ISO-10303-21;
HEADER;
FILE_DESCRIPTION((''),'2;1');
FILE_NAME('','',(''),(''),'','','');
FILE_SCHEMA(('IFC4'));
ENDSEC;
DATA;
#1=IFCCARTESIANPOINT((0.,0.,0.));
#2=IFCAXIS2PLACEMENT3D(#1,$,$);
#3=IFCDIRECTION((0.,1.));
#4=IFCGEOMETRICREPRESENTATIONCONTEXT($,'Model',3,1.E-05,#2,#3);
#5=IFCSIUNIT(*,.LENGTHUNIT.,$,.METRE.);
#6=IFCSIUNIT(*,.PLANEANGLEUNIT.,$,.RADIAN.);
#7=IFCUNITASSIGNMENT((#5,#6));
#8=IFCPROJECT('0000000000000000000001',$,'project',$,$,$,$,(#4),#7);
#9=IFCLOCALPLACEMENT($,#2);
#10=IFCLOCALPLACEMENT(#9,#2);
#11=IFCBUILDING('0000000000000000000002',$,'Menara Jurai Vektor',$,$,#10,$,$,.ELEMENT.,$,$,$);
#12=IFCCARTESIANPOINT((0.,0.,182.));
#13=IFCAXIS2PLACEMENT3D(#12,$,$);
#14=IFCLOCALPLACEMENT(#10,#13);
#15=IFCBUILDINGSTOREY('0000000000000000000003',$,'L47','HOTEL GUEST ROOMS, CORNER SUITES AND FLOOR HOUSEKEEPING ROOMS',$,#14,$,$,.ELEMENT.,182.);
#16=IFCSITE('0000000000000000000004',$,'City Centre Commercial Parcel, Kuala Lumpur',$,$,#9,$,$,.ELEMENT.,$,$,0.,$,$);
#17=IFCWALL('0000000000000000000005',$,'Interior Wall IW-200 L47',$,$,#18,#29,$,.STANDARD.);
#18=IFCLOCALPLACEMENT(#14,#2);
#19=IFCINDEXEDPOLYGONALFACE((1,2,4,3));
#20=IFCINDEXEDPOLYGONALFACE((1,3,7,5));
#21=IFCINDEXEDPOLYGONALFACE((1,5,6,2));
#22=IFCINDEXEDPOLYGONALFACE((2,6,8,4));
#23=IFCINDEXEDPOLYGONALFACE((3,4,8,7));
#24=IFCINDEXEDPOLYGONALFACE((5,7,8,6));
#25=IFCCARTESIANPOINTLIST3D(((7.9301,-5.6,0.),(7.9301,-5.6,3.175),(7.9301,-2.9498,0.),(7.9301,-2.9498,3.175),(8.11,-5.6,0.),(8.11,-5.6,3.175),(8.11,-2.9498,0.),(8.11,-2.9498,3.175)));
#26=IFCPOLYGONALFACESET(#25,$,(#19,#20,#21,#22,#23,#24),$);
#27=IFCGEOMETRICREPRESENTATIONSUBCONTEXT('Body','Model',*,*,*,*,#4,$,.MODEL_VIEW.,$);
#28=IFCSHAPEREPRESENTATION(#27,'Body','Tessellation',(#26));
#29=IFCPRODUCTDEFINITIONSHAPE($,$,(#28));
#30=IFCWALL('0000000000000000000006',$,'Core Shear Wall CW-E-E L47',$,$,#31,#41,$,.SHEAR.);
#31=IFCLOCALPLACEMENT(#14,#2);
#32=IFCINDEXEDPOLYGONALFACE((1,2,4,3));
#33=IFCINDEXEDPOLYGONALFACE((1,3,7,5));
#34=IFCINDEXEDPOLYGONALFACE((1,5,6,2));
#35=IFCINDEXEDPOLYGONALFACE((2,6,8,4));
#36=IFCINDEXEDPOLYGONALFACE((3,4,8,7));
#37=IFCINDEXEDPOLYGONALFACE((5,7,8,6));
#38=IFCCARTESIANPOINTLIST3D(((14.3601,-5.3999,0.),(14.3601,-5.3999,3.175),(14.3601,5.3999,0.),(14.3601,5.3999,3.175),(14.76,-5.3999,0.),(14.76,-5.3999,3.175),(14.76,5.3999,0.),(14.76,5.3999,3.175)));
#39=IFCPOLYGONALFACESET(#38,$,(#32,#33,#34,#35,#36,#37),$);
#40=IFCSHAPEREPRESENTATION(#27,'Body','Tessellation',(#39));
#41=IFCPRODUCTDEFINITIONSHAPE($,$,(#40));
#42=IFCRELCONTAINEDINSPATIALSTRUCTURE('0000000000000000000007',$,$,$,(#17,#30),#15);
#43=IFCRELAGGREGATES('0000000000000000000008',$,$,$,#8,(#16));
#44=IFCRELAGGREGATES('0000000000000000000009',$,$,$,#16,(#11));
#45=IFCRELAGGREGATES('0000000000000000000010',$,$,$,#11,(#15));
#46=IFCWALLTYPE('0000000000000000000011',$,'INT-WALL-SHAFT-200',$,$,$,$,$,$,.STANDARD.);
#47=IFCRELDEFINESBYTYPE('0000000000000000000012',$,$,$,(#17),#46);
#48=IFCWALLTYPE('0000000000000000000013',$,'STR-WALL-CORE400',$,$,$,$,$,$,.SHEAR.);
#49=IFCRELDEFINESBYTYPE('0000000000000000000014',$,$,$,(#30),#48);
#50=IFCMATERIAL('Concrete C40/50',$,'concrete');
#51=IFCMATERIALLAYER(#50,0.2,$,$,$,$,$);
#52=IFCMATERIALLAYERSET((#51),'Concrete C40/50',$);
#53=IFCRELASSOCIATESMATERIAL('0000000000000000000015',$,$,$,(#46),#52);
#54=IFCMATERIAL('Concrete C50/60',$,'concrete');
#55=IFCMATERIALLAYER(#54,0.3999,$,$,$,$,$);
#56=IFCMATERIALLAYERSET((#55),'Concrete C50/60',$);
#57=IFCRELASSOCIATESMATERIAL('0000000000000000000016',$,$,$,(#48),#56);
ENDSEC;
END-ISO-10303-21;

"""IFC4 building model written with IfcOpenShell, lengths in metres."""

from ifc_helpers import new_model, si_unit, direction, frame, frame_2d, origin, place, context, subcontext, project, spatial, rectangle, extrude, material, layer, layer_set, type_object, element, save


model = new_model("IFC4")

# Units and contexts
model_context = context("Model", 3, precision=1e-05, world=origin(), true_north=direction((0.0, 1.0)))
body_context = subcontext(model_context, "Body", "Model", "MODEL_VIEW")
ifc_project = project(units=[si_unit("LENGTHUNIT", "METRE"), si_unit("PLANEANGLEUNIT", "RADIAN")], contexts=[model_context])

# Site, building, storey
site_placement = place(None, origin())
site = spatial("IfcSite", under=ifc_project, at=site_placement, Name="City Centre Commercial Parcel, Kuala Lumpur", CompositionType="ELEMENT", RefElevation=0.0)
building_placement = place(site_placement, origin())
building = spatial("IfcBuilding", under=site, at=building_placement, Name="Menara Jurai Vektor", CompositionType="ELEMENT")
storey_placement = place(building_placement, frame((0.0, 0.0, 182.0)))
storey = spatial("IfcBuildingStorey", under=building, at=storey_placement, Name="L47", Description="HOTEL GUEST ROOMS, CORNER SUITES AND FLOOR HOUSEKEEPING ROOMS", CompositionType="ELEMENT", Elevation=182.0)

# Shared definitions
ifc_material_1 = material(Name="Concrete C40/50", Category="concrete")

# Shared definitions
ifc_layer_1 = layer(ifc_material_1, 0.2)
ifc_layer_set_1 = layer_set([ifc_layer_1], Name="Concrete C40/50")
wall_type_1 = type_object("IfcWallType", Name="INT-WALL-SHAFT-200", PredefinedType="STANDARD", material=ifc_layer_set_1)

# Walls
for number, where, z_axis, x_axis, name in (
    (1, (8.02, -5.6001, 0.0), (0.0, 0.0, 1.0), (0.0, 1.0, 0.0), "Interior Wall IW-200 L47"),
):
    element("IfcWall", number, at=place(storey_placement, frame(where, z_axis=z_axis, x_axis=x_axis)), inside=storey, type_object=wall_type_1, Name=name, PredefinedType="STANDARD", context=body_context, shape_type="SweptSolid", body=[
        extrude(rectangle(XDim=2.6501, YDim=0.1799, at=frame_2d((1.3252, 0.0))), origin(), (0.0, 0.0, 1.0), 3.175),
    ])
ifc_material_2 = material(Name="Concrete C50/60", Category="concrete")
ifc_layer_2 = layer(ifc_material_2, 0.3999)
ifc_layer_set_2 = layer_set([ifc_layer_2], Name="Concrete C50/60")
wall_type_2 = type_object("IfcWallType", Name="STR-WALL-CORE400", PredefinedType="SHEAR", material=ifc_layer_set_2)
wall_1_placement = place(storey_placement, frame((14.5601, -5.3999, 0.0), z_axis=(0.0, 0.0, 1.0), x_axis=(0.0, 1.0, 0.0)))
element("IfcWall", 2, at=wall_1_placement, inside=storey, type_object=wall_type_2, Name="Core Shear Wall CW-E-E L47", PredefinedType="SHEAR", context=body_context, shape_type="SweptSolid", body=[
    extrude(rectangle(XDim=10.7998, YDim=0.3999, at=frame_2d((5.3999, 0.0))), origin(), (0.0, 0.0, 1.0), 3.175),
])

save(model, "model.ifc")
